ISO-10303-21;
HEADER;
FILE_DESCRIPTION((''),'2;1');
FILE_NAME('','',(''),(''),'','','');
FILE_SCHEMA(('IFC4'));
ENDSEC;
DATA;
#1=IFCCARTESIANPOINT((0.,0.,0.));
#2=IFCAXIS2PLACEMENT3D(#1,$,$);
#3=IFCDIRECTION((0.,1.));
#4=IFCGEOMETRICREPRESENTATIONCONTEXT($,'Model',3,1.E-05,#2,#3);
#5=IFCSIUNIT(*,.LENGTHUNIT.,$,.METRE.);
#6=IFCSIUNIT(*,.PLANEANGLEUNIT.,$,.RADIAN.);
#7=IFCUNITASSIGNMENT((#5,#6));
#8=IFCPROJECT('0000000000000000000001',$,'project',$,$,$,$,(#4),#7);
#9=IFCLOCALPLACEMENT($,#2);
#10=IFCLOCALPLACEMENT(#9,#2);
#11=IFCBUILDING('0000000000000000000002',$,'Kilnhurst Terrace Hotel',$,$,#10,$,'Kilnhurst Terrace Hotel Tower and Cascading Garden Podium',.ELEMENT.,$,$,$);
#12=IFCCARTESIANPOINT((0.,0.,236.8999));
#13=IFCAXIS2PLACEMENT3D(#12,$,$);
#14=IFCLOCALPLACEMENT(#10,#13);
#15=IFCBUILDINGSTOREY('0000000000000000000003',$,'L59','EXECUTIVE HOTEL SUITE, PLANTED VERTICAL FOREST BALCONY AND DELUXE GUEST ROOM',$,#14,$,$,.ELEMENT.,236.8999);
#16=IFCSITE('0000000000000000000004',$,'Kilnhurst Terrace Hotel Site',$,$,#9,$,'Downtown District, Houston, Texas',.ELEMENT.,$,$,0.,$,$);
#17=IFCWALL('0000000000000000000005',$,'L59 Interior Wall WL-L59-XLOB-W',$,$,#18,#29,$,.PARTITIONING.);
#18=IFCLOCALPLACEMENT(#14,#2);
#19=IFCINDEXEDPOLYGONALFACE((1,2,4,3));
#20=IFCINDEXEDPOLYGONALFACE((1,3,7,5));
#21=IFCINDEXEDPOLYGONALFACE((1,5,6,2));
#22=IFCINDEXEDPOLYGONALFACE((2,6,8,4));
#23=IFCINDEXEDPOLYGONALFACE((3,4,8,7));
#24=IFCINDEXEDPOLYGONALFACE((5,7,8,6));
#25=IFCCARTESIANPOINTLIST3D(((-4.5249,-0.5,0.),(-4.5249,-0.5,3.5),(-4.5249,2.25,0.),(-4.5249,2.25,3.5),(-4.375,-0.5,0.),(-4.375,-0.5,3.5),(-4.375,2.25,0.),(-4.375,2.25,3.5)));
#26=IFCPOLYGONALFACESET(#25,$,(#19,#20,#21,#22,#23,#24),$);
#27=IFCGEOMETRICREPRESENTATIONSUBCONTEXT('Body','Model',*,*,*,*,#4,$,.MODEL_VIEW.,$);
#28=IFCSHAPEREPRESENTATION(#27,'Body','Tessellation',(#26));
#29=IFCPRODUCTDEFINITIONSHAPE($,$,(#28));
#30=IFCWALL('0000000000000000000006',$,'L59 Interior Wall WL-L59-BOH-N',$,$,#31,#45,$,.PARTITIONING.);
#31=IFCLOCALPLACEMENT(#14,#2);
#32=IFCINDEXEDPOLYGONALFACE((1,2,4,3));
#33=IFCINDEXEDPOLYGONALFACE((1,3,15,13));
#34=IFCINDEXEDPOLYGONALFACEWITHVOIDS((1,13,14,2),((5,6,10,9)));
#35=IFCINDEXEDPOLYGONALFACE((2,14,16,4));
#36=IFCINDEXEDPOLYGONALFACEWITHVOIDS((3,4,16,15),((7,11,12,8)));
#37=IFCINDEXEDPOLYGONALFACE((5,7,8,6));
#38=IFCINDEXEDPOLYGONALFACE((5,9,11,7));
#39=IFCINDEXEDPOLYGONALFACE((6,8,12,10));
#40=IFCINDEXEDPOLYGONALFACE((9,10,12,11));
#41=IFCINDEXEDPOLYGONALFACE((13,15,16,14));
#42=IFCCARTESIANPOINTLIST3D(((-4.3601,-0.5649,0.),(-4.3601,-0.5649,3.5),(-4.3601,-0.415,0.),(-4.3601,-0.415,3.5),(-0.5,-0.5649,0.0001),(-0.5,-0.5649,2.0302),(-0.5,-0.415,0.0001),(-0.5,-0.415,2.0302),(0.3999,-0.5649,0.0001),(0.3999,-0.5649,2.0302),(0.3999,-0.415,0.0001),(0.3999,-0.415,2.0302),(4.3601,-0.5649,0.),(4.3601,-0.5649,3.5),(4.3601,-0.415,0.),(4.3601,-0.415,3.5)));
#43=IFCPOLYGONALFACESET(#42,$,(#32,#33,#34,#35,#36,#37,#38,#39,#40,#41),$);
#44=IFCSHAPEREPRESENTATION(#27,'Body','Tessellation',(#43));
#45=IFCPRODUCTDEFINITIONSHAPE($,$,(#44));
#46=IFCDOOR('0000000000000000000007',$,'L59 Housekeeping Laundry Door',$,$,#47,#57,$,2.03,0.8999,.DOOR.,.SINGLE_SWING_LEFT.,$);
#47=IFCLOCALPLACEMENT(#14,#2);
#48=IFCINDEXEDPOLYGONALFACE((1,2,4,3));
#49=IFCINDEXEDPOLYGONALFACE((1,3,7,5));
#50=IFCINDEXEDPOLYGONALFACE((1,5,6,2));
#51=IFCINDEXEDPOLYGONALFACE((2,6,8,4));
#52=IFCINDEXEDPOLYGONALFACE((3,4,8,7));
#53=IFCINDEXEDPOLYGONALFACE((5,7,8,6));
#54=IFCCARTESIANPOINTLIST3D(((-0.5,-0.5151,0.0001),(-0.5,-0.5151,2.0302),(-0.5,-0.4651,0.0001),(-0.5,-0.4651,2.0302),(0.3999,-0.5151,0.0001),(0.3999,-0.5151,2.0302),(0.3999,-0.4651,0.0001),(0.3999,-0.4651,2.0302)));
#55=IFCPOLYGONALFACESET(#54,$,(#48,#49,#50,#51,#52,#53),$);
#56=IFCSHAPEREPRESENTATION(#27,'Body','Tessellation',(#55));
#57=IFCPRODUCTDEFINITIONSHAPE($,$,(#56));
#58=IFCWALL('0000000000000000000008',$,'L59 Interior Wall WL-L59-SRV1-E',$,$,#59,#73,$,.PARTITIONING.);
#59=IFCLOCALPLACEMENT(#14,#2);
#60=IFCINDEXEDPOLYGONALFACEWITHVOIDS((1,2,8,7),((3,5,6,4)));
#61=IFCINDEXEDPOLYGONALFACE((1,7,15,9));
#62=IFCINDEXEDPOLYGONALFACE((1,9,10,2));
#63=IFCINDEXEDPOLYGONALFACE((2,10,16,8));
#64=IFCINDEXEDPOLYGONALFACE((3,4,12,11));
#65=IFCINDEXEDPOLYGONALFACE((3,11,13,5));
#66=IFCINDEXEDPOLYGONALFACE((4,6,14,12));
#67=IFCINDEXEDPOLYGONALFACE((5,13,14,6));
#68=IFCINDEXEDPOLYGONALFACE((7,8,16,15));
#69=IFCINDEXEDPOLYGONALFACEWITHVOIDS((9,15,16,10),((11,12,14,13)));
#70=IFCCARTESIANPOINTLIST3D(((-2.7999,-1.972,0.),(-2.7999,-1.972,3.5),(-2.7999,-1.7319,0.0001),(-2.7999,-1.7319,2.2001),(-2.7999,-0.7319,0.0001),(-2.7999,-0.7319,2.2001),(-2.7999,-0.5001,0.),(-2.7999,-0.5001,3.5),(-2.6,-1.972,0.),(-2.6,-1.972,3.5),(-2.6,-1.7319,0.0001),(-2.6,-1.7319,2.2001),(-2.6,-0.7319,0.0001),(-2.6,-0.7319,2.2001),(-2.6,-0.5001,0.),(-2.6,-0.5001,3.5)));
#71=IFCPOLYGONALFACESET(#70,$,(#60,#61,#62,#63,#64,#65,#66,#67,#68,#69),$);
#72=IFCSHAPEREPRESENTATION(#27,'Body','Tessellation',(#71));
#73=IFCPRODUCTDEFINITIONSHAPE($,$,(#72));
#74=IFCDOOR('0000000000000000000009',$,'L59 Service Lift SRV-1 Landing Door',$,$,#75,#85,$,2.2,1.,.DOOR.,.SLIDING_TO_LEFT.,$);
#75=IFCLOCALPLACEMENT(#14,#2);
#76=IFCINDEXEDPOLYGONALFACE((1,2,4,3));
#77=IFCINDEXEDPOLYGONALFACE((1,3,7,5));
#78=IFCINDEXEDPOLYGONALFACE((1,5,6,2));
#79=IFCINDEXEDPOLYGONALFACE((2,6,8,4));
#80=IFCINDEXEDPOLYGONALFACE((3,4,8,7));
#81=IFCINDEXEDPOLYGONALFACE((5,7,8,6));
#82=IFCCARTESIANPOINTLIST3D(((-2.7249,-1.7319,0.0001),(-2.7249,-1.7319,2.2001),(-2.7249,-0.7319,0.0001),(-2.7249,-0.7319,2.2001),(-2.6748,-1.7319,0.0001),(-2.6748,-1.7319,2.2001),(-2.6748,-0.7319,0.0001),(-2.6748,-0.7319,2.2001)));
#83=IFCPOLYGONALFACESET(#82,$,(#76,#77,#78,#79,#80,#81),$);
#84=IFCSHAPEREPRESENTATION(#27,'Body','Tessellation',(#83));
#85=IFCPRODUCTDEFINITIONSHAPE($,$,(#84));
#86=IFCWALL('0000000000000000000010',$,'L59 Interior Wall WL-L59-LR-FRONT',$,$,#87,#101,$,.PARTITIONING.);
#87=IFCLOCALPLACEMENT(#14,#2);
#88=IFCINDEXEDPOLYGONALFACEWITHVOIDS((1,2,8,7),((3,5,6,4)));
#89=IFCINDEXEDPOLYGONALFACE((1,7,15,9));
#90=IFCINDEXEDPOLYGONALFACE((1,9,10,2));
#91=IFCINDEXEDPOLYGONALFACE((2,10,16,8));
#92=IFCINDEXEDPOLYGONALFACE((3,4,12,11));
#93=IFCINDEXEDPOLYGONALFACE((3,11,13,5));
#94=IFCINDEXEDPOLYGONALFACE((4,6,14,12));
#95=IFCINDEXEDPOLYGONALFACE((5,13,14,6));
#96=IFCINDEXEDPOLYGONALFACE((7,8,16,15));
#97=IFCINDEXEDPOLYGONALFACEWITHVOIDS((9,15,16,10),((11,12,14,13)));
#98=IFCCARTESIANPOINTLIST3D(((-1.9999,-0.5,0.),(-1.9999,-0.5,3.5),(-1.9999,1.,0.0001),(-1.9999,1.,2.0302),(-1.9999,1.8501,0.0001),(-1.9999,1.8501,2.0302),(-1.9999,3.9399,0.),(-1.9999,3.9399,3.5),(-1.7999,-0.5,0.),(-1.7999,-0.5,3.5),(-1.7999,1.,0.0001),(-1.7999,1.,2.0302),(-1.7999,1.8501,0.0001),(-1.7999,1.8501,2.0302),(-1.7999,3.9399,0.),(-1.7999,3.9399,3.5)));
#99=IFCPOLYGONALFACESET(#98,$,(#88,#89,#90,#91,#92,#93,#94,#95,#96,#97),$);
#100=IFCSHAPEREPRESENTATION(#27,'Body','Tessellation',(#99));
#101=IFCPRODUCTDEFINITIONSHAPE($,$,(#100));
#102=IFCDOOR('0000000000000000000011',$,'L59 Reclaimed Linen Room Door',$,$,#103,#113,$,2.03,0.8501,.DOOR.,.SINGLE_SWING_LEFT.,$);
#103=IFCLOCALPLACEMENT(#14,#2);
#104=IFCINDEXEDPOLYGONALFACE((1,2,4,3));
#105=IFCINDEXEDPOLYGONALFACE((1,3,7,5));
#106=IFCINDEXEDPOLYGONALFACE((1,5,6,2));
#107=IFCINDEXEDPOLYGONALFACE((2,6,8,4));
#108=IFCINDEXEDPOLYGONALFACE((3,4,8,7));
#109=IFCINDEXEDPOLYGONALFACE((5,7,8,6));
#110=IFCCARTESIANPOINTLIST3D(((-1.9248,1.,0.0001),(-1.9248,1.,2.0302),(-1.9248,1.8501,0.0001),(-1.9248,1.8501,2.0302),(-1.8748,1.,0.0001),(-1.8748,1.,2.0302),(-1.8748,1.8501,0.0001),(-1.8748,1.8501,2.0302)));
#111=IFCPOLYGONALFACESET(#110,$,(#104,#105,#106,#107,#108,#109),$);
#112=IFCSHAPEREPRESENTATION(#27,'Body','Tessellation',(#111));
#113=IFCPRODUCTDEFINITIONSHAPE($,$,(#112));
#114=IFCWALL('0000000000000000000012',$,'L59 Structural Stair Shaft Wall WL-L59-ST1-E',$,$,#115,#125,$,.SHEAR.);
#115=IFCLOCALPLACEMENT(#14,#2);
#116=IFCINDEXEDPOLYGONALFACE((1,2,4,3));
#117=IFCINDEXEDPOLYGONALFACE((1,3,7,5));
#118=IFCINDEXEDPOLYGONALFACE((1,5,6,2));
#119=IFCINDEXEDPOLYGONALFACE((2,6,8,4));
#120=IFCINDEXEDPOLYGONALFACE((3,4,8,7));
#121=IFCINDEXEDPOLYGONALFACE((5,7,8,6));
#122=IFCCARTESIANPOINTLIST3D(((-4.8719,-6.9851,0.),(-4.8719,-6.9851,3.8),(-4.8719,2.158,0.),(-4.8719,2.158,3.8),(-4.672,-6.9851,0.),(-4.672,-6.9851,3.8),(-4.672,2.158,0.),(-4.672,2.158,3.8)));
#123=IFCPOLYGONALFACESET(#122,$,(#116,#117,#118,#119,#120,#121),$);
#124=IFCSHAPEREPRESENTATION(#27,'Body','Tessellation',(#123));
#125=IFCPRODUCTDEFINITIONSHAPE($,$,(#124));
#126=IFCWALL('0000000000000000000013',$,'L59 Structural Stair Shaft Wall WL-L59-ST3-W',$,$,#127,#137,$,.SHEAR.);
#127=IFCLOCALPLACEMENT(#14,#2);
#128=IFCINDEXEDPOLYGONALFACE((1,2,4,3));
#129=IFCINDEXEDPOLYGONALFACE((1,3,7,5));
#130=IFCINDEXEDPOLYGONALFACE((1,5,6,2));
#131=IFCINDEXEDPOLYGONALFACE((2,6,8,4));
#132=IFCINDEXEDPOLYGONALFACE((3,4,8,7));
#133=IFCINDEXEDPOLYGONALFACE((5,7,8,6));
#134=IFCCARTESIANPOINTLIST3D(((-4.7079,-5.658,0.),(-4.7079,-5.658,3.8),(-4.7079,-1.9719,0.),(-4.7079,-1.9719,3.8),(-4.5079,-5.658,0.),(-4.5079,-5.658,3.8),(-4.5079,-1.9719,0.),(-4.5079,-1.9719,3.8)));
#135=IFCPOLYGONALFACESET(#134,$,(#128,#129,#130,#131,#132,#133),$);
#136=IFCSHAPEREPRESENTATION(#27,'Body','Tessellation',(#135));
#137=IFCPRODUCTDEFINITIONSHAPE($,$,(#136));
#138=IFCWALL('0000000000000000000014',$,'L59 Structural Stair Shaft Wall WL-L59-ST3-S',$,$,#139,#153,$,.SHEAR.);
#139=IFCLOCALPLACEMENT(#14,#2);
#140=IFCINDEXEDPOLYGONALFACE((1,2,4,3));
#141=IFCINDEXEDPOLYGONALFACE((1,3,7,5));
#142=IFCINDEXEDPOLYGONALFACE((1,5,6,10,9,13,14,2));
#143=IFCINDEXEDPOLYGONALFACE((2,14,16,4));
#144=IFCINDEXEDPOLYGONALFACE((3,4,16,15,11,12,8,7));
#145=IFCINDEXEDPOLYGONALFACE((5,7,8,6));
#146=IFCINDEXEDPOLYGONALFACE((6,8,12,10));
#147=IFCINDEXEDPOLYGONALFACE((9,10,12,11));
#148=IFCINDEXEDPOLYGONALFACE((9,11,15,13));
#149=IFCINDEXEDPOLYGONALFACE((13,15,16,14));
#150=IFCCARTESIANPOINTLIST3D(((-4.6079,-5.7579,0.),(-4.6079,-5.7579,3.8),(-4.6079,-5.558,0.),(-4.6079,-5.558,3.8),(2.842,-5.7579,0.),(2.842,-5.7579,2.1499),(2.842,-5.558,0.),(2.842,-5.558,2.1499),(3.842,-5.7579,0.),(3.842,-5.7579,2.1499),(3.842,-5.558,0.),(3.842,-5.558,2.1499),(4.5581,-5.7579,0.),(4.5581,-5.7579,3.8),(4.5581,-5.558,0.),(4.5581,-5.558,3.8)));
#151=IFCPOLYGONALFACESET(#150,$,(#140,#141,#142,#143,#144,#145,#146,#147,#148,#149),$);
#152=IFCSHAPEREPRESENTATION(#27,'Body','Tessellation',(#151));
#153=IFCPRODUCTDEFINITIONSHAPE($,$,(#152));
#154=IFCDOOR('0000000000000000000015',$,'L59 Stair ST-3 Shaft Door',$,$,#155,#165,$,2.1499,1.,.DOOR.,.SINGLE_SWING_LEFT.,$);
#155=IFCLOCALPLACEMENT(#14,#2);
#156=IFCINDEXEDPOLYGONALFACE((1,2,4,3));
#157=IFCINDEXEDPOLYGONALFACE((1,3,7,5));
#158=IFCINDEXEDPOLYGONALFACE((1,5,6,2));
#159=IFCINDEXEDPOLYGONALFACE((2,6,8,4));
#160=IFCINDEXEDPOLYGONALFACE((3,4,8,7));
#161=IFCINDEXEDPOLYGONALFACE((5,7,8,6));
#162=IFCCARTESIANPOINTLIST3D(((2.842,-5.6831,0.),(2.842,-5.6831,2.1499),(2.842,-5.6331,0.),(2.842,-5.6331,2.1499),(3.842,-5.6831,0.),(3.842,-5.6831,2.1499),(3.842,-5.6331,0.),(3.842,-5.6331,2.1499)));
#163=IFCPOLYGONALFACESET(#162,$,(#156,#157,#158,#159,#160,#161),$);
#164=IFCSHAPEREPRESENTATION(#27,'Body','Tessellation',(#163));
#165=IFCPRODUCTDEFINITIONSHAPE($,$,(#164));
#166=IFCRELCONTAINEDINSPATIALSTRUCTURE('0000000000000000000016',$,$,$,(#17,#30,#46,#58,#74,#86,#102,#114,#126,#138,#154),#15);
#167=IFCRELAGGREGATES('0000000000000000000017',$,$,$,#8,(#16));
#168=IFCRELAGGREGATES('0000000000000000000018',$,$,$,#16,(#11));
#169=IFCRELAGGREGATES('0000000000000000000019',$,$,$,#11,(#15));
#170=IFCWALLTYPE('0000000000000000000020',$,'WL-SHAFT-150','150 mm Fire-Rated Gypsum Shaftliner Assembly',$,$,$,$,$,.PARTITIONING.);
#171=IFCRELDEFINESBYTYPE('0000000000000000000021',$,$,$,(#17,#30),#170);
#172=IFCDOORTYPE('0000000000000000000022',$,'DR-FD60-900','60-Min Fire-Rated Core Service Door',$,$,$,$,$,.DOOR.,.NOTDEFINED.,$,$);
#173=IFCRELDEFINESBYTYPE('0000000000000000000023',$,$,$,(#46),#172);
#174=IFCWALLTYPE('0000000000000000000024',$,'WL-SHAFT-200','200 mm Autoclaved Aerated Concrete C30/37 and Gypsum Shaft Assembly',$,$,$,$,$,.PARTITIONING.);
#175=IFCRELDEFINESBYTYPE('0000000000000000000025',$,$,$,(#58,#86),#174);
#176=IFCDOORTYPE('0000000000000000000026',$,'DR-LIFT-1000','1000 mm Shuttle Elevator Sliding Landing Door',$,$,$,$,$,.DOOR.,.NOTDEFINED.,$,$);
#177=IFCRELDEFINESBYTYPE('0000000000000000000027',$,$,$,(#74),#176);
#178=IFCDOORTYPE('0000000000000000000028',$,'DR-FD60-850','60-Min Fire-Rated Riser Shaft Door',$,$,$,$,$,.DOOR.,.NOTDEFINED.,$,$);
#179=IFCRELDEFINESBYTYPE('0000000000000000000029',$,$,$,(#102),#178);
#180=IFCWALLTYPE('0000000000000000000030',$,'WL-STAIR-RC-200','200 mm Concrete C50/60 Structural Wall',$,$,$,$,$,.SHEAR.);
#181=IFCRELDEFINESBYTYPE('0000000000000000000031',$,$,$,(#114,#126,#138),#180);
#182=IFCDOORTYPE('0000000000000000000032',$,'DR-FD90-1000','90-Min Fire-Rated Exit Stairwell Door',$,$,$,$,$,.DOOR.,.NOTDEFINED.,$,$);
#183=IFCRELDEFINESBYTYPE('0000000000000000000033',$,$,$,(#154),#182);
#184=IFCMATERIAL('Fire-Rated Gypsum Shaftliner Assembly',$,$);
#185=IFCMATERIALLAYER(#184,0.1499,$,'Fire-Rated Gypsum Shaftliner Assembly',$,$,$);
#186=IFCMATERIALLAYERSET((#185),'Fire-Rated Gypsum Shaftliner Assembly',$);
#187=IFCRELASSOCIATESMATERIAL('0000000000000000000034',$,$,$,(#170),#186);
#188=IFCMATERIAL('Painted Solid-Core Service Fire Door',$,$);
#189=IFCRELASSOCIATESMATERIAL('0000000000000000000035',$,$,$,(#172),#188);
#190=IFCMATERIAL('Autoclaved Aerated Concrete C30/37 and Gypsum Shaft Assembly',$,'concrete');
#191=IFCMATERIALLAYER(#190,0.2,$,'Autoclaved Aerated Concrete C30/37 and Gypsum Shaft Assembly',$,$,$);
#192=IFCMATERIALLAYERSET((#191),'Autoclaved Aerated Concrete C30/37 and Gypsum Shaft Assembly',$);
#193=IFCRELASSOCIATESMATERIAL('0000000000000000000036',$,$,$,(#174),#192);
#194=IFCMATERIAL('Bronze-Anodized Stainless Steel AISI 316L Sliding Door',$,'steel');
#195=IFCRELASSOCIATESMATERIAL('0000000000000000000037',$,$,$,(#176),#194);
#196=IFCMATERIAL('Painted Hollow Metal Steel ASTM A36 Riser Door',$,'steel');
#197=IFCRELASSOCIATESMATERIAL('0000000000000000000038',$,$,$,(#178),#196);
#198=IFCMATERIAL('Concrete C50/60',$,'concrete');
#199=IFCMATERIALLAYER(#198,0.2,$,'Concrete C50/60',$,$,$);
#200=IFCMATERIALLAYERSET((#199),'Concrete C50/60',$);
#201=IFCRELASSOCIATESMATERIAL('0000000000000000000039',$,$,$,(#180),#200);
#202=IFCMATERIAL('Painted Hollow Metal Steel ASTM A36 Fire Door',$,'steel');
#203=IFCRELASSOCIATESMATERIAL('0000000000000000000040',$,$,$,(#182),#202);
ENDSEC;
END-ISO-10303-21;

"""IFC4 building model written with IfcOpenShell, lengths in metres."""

from ifc_helpers import new_model, si_unit, direction, frame, frame_2d, origin, place, context, subcontext, project, spatial, rectangle, extrude, material, layer, layer_set, type_object, element, fill, save


model = new_model("IFC4")

# Units and contexts
model_context = context("Model", 3, precision=1e-05, world=origin(), true_north=direction((0.0, 1.0)))
body_context = subcontext(model_context, "Body", "Model", "MODEL_VIEW")
ifc_project = project(units=[si_unit("LENGTHUNIT", "METRE"), si_unit("PLANEANGLEUNIT", "RADIAN")], contexts=[model_context])

# Site, building, storey
site_placement = place(None, origin())
site = spatial("IfcSite", under=ifc_project, at=site_placement, Name="Kilnhurst Terrace Hotel Site", LongName="Downtown District, Houston, Texas", CompositionType="ELEMENT", RefElevation=0.0)
building_placement = place(site_placement, origin())
building = spatial("IfcBuilding", under=site, at=building_placement, Name="Kilnhurst Terrace Hotel", LongName="Kilnhurst Terrace Hotel Tower and Cascading Garden Podium", CompositionType="ELEMENT")
storey_placement = place(building_placement, frame((0.0, 0.0, 236.8999)))
storey = spatial("IfcBuildingStorey", under=building, at=storey_placement, Name="L59", Description="EXECUTIVE HOTEL SUITE, PLANTED VERTICAL FOREST BALCONY AND DELUXE GUEST ROOM", CompositionType="ELEMENT", Elevation=236.8999)

# Wall
ifc_material_1 = material(Name="Fire-Rated Gypsum Shaftliner Assembly")
ifc_layer_1 = layer(ifc_material_1, 0.1499, Name="Fire-Rated Gypsum Shaftliner Assembly")
ifc_layer_set_1 = layer_set([ifc_layer_1], Name="Fire-Rated Gypsum Shaftliner Assembly")
wall_type_1 = type_object("IfcWallType", Name="WL-SHAFT-150", Description="150 mm Fire-Rated Gypsum Shaftliner Assembly", PredefinedType="PARTITIONING", material=ifc_layer_set_1)
wall_1_placement = place(storey_placement, frame((-4.45, -0.5, 0.0), z_axis=(0.0, 0.0, 1.0), x_axis=(0.0, 1.0, 0.0)))
element("IfcWall", 1, at=wall_1_placement, inside=storey, type_object=wall_type_1, Name="L59 Interior Wall WL-L59-XLOB-W", PredefinedType="PARTITIONING", context=body_context, shape_type="SweptSolid", body=[
    extrude(rectangle(XDim=2.75, YDim=0.1499, at=frame_2d((1.375, 0.0))), origin(), (0.0, 0.0, 1.0), 3.5),
])

# Walls, openings, doors
wall_2_placement = place(storey_placement, frame((-4.3601, -0.49, 0.0), z_axis=(0.0, 0.0, 1.0), x_axis=(1.0, 0.0, 0.0)))
wall_2 = element("IfcWall", 2, at=wall_2_placement, inside=storey, type_object=wall_type_1, Name="L59 Interior Wall WL-L59-BOH-N", PredefinedType="PARTITIONING", context=body_context, shape_type="SweptSolid", body=[
    extrude(rectangle(XDim=8.7202, YDim=0.1499, at=frame_2d((4.3601, 0.0))), origin(), (0.0, 0.0, 1.0), 3.5),
])
opening_1_placement = place(wall_2_placement, frame((3.8601, 0.0, 0.0)))
opening_1 = element("IfcOpeningElement", 3, at=opening_1_placement, cuts=wall_2, PredefinedType="OPENING", context=body_context, shape_type="SweptSolid", body=[
    extrude(rectangle(XDim=0.8999, YDim=2.03, at=frame_2d((0.45, 1.0151))), frame((0.0, 0.085, 0.0), z_axis=(0.0, -1.0, 0.0), x_axis=(1.0, 0.0, 0.0)), (0.0, 0.0, 1.0), 0.1699),
])
ifc_material_2 = material(Name="Painted Solid-Core Service Fire Door")
door_type_1 = type_object("IfcDoorType", Name="DR-FD60-900", Description="60-Min Fire-Rated Core Service Door", OperationType="NOTDEFINED", PredefinedType="DOOR", material=ifc_material_2)
door_1_placement = place(opening_1_placement, origin())
door_1 = element("IfcDoor", 4, at=door_1_placement, inside=storey, type_object=door_type_1, Name="L59 Housekeeping Laundry Door", OperationType="SINGLE_SWING_LEFT", OverallHeight=2.03, OverallWidth=0.8999, PredefinedType="DOOR", context=body_context, shape_type="SweptSolid", body=[
    extrude(rectangle(XDim=0.8999, YDim=2.03, at=frame_2d((0.45, 1.0151))), frame((0.0, 0.0249, 0.0), z_axis=(0.0, -1.0, 0.0), x_axis=(1.0, 0.0, 0.0)), (0.0, 0.0, 1.0), 0.05),
])
fill(opening_1, door_1)
ifc_material_3 = material(Name="Autoclaved Aerated Concrete C30/37 and Gypsum Shaft Assembly", Category="concrete")
ifc_layer_2 = layer(ifc_material_3, 0.2, Name="Autoclaved Aerated Concrete C30/37 and Gypsum Shaft Assembly")
ifc_layer_set_2 = layer_set([ifc_layer_2], Name="Autoclaved Aerated Concrete C30/37 and Gypsum Shaft Assembly")
wall_type_2 = type_object("IfcWallType", Name="WL-SHAFT-200", Description="200 mm Autoclaved Aerated Concrete C30/37 and Gypsum Shaft Assembly", PredefinedType="PARTITIONING", material=ifc_layer_set_2)
wall_3_placement = place(storey_placement, frame((-2.7, -1.9719, 0.0), z_axis=(0.0, 0.0, 1.0), x_axis=(0.0, 1.0, 0.0)))
wall_3 = element("IfcWall", 5, at=wall_3_placement, inside=storey, type_object=wall_type_2, Name="L59 Interior Wall WL-L59-SRV1-E", PredefinedType="PARTITIONING", context=body_context, shape_type="SweptSolid", body=[
    extrude(rectangle(XDim=1.4719, YDim=0.2, at=frame_2d((0.7358, 0.0))), origin(), (0.0, 0.0, 1.0), 3.5),
])
opening_2_placement = place(wall_3_placement, frame((0.24, 0.0, 0.0)))
opening_2 = element("IfcOpeningElement", 6, at=opening_2_placement, cuts=wall_3, PredefinedType="OPENING", context=body_context, shape_type="SweptSolid", body=[
    extrude(rectangle(XDim=1.0, YDim=2.2, at=frame_2d((0.5, 1.1001))), frame((0.0, 0.1099, 0.0), z_axis=(0.0, -1.0, 0.0), x_axis=(1.0, 0.0, 0.0)), (0.0, 0.0, 1.0), 0.22),
])
ifc_material_4 = material(Name="Bronze-Anodized Stainless Steel AISI 316L Sliding Door", Category="steel")
door_type_2 = type_object("IfcDoorType", Name="DR-LIFT-1000", Description="1000 mm Shuttle Elevator Sliding Landing Door", OperationType="NOTDEFINED", PredefinedType="DOOR", material=ifc_material_4)
door_2_placement = place(opening_2_placement, origin())
door_2 = element("IfcDoor", 7, at=door_2_placement, inside=storey, type_object=door_type_2, Name="L59 Service Lift SRV-1 Landing Door", OperationType="SLIDING_TO_LEFT", OverallHeight=2.2, OverallWidth=1.0, PredefinedType="DOOR", context=body_context, shape_type="SweptSolid", body=[
    extrude(rectangle(XDim=1.0, YDim=2.2, at=frame_2d((0.5, 1.1001))), frame((0.0, 0.0249, 0.0), z_axis=(0.0, -1.0, 0.0), x_axis=(1.0, 0.0, 0.0)), (0.0, 0.0, 1.0), 0.05),
])
fill(opening_2, door_2)
wall_4_placement = place(storey_placement, frame((-1.8999, -0.5, 0.0), z_axis=(0.0, 0.0, 1.0), x_axis=(0.0, 1.0, 0.0)))
wall_4 = element("IfcWall", 8, at=wall_4_placement, inside=storey, type_object=wall_type_2, Name="L59 Interior Wall WL-L59-LR-FRONT", PredefinedType="PARTITIONING", context=body_context, shape_type="SweptSolid", body=[
    extrude(rectangle(XDim=4.4399, YDim=0.2, at=frame_2d((2.22, 0.0))), origin(), (0.0, 0.0, 1.0), 3.5),
])
opening_3_placement = place(wall_4_placement, frame((1.5, 0.0, 0.0)))
opening_3 = element("IfcOpeningElement", 9, at=opening_3_placement, cuts=wall_4, PredefinedType="OPENING", context=body_context, shape_type="SweptSolid", body=[
    extrude(rectangle(XDim=0.8501, YDim=2.03, at=frame_2d((0.425, 1.0151))), frame((0.0, 0.1099, 0.0), z_axis=(0.0, -1.0, 0.0), x_axis=(1.0, 0.0, 0.0)), (0.0, 0.0, 1.0), 0.22),
])
ifc_material_5 = material(Name="Painted Hollow Metal Steel ASTM A36 Riser Door", Category="steel")
door_type_3 = type_object("IfcDoorType", Name="DR-FD60-850", Description="60-Min Fire-Rated Riser Shaft Door", OperationType="NOTDEFINED", PredefinedType="DOOR", material=ifc_material_5)
door_3_placement = place(opening_3_placement, origin())
door_3 = element("IfcDoor", 10, at=door_3_placement, inside=storey, type_object=door_type_3, Name="L59 Reclaimed Linen Room Door", OperationType="SINGLE_SWING_LEFT", OverallHeight=2.03, OverallWidth=0.8501, PredefinedType="DOOR", context=body_context, shape_type="SweptSolid", body=[
    extrude(rectangle(XDim=0.8501, YDim=2.03, at=frame_2d((0.425, 1.0151))), frame((0.0, 0.0249, 0.0), z_axis=(0.0, -1.0, 0.0), x_axis=(1.0, 0.0, 0.0)), (0.0, 0.0, 1.0), 0.05),
])
fill(opening_3, door_3)

# Walls
ifc_material_6 = material(Name="Concrete C50/60", Category="concrete")
ifc_layer_3 = layer(ifc_material_6, 0.2, Name="Concrete C50/60")
ifc_layer_set_3 = layer_set([ifc_layer_3], Name="Concrete C50/60")
wall_type_3 = type_object("IfcWallType", Name="WL-STAIR-RC-200", Description="200 mm Concrete C50/60 Structural Wall", PredefinedType="SHEAR", material=ifc_layer_set_3)
wall_5_placement = place(storey_placement, frame((-4.772, -6.9851, 0.0), z_axis=(0.0, 0.0, 1.0), x_axis=(0.0, 1.0, 0.0)))
element("IfcWall", 11, at=wall_5_placement, inside=storey, type_object=wall_type_3, Name="L59 Structural Stair Shaft Wall WL-L59-ST1-E", PredefinedType="SHEAR", context=body_context, shape_type="SweptSolid", body=[
    extrude(rectangle(XDim=9.1431, YDim=0.2, at=frame_2d((4.5715, 0.0))), origin(), (0.0, 0.0, 1.0), 3.8),
])
wall_6_placement = place(storey_placement, frame((-4.6079, -5.658, 0.0), z_axis=(0.0, 0.0, 1.0), x_axis=(0.0, 1.0, 0.0)))
element("IfcWall", 12, at=wall_6_placement, inside=storey, type_object=wall_type_3, Name="L59 Structural Stair Shaft Wall WL-L59-ST3-W", PredefinedType="SHEAR", context=body_context, shape_type="SweptSolid", body=[
    extrude(rectangle(XDim=3.686, YDim=0.2, at=frame_2d((1.843, 0.0))), origin(), (0.0, 0.0, 1.0), 3.8),
])

# Wall, opening, door
wall_7_placement = place(storey_placement, frame((-4.6079, -5.658, 0.0), z_axis=(0.0, 0.0, 1.0), x_axis=(1.0, 0.0, 0.0)))
wall_7 = element("IfcWall", 13, at=wall_7_placement, inside=storey, type_object=wall_type_3, Name="L59 Structural Stair Shaft Wall WL-L59-ST3-S", PredefinedType="SHEAR", context=body_context, shape_type="SweptSolid", body=[
    extrude(rectangle(XDim=9.166, YDim=0.2, at=frame_2d((4.583, 0.0))), origin(), (0.0, 0.0, 1.0), 3.8),
])
opening_4_placement = place(wall_7_placement, frame((7.45, 0.0, 0.0)))
opening_4 = element("IfcOpeningElement", 14, at=opening_4_placement, cuts=wall_7, PredefinedType="OPENING", context=body_context, shape_type="SweptSolid", body=[
    extrude(rectangle(XDim=1.0, YDim=2.1499, at=frame_2d((0.5, 1.075))), frame((0.0, 0.1099, 0.0), z_axis=(0.0, -1.0, 0.0), x_axis=(1.0, 0.0, 0.0)), (0.0, 0.0, 1.0), 0.22),
])
ifc_material_7 = material(Name="Painted Hollow Metal Steel ASTM A36 Fire Door", Category="steel")
door_type_4 = type_object("IfcDoorType", Name="DR-FD90-1000", Description="90-Min Fire-Rated Exit Stairwell Door", OperationType="NOTDEFINED", PredefinedType="DOOR", material=ifc_material_7)
door_4_placement = place(opening_4_placement, origin())
door_4 = element("IfcDoor", 15, at=door_4_placement, inside=storey, type_object=door_type_4, Name="L59 Stair ST-3 Shaft Door", OperationType="SINGLE_SWING_LEFT", OverallHeight=2.1499, OverallWidth=1.0, PredefinedType="DOOR", context=body_context, shape_type="SweptSolid", body=[
    extrude(rectangle(XDim=1.0, YDim=2.1499, at=frame_2d((0.5, 1.075))), frame((0.0, 0.0249, 0.0), z_axis=(0.0, -1.0, 0.0), x_axis=(1.0, 0.0, 0.0)), (0.0, 0.0, 1.0), 0.05),
])
fill(opening_4, door_4)

save(model, "model.ifc")
